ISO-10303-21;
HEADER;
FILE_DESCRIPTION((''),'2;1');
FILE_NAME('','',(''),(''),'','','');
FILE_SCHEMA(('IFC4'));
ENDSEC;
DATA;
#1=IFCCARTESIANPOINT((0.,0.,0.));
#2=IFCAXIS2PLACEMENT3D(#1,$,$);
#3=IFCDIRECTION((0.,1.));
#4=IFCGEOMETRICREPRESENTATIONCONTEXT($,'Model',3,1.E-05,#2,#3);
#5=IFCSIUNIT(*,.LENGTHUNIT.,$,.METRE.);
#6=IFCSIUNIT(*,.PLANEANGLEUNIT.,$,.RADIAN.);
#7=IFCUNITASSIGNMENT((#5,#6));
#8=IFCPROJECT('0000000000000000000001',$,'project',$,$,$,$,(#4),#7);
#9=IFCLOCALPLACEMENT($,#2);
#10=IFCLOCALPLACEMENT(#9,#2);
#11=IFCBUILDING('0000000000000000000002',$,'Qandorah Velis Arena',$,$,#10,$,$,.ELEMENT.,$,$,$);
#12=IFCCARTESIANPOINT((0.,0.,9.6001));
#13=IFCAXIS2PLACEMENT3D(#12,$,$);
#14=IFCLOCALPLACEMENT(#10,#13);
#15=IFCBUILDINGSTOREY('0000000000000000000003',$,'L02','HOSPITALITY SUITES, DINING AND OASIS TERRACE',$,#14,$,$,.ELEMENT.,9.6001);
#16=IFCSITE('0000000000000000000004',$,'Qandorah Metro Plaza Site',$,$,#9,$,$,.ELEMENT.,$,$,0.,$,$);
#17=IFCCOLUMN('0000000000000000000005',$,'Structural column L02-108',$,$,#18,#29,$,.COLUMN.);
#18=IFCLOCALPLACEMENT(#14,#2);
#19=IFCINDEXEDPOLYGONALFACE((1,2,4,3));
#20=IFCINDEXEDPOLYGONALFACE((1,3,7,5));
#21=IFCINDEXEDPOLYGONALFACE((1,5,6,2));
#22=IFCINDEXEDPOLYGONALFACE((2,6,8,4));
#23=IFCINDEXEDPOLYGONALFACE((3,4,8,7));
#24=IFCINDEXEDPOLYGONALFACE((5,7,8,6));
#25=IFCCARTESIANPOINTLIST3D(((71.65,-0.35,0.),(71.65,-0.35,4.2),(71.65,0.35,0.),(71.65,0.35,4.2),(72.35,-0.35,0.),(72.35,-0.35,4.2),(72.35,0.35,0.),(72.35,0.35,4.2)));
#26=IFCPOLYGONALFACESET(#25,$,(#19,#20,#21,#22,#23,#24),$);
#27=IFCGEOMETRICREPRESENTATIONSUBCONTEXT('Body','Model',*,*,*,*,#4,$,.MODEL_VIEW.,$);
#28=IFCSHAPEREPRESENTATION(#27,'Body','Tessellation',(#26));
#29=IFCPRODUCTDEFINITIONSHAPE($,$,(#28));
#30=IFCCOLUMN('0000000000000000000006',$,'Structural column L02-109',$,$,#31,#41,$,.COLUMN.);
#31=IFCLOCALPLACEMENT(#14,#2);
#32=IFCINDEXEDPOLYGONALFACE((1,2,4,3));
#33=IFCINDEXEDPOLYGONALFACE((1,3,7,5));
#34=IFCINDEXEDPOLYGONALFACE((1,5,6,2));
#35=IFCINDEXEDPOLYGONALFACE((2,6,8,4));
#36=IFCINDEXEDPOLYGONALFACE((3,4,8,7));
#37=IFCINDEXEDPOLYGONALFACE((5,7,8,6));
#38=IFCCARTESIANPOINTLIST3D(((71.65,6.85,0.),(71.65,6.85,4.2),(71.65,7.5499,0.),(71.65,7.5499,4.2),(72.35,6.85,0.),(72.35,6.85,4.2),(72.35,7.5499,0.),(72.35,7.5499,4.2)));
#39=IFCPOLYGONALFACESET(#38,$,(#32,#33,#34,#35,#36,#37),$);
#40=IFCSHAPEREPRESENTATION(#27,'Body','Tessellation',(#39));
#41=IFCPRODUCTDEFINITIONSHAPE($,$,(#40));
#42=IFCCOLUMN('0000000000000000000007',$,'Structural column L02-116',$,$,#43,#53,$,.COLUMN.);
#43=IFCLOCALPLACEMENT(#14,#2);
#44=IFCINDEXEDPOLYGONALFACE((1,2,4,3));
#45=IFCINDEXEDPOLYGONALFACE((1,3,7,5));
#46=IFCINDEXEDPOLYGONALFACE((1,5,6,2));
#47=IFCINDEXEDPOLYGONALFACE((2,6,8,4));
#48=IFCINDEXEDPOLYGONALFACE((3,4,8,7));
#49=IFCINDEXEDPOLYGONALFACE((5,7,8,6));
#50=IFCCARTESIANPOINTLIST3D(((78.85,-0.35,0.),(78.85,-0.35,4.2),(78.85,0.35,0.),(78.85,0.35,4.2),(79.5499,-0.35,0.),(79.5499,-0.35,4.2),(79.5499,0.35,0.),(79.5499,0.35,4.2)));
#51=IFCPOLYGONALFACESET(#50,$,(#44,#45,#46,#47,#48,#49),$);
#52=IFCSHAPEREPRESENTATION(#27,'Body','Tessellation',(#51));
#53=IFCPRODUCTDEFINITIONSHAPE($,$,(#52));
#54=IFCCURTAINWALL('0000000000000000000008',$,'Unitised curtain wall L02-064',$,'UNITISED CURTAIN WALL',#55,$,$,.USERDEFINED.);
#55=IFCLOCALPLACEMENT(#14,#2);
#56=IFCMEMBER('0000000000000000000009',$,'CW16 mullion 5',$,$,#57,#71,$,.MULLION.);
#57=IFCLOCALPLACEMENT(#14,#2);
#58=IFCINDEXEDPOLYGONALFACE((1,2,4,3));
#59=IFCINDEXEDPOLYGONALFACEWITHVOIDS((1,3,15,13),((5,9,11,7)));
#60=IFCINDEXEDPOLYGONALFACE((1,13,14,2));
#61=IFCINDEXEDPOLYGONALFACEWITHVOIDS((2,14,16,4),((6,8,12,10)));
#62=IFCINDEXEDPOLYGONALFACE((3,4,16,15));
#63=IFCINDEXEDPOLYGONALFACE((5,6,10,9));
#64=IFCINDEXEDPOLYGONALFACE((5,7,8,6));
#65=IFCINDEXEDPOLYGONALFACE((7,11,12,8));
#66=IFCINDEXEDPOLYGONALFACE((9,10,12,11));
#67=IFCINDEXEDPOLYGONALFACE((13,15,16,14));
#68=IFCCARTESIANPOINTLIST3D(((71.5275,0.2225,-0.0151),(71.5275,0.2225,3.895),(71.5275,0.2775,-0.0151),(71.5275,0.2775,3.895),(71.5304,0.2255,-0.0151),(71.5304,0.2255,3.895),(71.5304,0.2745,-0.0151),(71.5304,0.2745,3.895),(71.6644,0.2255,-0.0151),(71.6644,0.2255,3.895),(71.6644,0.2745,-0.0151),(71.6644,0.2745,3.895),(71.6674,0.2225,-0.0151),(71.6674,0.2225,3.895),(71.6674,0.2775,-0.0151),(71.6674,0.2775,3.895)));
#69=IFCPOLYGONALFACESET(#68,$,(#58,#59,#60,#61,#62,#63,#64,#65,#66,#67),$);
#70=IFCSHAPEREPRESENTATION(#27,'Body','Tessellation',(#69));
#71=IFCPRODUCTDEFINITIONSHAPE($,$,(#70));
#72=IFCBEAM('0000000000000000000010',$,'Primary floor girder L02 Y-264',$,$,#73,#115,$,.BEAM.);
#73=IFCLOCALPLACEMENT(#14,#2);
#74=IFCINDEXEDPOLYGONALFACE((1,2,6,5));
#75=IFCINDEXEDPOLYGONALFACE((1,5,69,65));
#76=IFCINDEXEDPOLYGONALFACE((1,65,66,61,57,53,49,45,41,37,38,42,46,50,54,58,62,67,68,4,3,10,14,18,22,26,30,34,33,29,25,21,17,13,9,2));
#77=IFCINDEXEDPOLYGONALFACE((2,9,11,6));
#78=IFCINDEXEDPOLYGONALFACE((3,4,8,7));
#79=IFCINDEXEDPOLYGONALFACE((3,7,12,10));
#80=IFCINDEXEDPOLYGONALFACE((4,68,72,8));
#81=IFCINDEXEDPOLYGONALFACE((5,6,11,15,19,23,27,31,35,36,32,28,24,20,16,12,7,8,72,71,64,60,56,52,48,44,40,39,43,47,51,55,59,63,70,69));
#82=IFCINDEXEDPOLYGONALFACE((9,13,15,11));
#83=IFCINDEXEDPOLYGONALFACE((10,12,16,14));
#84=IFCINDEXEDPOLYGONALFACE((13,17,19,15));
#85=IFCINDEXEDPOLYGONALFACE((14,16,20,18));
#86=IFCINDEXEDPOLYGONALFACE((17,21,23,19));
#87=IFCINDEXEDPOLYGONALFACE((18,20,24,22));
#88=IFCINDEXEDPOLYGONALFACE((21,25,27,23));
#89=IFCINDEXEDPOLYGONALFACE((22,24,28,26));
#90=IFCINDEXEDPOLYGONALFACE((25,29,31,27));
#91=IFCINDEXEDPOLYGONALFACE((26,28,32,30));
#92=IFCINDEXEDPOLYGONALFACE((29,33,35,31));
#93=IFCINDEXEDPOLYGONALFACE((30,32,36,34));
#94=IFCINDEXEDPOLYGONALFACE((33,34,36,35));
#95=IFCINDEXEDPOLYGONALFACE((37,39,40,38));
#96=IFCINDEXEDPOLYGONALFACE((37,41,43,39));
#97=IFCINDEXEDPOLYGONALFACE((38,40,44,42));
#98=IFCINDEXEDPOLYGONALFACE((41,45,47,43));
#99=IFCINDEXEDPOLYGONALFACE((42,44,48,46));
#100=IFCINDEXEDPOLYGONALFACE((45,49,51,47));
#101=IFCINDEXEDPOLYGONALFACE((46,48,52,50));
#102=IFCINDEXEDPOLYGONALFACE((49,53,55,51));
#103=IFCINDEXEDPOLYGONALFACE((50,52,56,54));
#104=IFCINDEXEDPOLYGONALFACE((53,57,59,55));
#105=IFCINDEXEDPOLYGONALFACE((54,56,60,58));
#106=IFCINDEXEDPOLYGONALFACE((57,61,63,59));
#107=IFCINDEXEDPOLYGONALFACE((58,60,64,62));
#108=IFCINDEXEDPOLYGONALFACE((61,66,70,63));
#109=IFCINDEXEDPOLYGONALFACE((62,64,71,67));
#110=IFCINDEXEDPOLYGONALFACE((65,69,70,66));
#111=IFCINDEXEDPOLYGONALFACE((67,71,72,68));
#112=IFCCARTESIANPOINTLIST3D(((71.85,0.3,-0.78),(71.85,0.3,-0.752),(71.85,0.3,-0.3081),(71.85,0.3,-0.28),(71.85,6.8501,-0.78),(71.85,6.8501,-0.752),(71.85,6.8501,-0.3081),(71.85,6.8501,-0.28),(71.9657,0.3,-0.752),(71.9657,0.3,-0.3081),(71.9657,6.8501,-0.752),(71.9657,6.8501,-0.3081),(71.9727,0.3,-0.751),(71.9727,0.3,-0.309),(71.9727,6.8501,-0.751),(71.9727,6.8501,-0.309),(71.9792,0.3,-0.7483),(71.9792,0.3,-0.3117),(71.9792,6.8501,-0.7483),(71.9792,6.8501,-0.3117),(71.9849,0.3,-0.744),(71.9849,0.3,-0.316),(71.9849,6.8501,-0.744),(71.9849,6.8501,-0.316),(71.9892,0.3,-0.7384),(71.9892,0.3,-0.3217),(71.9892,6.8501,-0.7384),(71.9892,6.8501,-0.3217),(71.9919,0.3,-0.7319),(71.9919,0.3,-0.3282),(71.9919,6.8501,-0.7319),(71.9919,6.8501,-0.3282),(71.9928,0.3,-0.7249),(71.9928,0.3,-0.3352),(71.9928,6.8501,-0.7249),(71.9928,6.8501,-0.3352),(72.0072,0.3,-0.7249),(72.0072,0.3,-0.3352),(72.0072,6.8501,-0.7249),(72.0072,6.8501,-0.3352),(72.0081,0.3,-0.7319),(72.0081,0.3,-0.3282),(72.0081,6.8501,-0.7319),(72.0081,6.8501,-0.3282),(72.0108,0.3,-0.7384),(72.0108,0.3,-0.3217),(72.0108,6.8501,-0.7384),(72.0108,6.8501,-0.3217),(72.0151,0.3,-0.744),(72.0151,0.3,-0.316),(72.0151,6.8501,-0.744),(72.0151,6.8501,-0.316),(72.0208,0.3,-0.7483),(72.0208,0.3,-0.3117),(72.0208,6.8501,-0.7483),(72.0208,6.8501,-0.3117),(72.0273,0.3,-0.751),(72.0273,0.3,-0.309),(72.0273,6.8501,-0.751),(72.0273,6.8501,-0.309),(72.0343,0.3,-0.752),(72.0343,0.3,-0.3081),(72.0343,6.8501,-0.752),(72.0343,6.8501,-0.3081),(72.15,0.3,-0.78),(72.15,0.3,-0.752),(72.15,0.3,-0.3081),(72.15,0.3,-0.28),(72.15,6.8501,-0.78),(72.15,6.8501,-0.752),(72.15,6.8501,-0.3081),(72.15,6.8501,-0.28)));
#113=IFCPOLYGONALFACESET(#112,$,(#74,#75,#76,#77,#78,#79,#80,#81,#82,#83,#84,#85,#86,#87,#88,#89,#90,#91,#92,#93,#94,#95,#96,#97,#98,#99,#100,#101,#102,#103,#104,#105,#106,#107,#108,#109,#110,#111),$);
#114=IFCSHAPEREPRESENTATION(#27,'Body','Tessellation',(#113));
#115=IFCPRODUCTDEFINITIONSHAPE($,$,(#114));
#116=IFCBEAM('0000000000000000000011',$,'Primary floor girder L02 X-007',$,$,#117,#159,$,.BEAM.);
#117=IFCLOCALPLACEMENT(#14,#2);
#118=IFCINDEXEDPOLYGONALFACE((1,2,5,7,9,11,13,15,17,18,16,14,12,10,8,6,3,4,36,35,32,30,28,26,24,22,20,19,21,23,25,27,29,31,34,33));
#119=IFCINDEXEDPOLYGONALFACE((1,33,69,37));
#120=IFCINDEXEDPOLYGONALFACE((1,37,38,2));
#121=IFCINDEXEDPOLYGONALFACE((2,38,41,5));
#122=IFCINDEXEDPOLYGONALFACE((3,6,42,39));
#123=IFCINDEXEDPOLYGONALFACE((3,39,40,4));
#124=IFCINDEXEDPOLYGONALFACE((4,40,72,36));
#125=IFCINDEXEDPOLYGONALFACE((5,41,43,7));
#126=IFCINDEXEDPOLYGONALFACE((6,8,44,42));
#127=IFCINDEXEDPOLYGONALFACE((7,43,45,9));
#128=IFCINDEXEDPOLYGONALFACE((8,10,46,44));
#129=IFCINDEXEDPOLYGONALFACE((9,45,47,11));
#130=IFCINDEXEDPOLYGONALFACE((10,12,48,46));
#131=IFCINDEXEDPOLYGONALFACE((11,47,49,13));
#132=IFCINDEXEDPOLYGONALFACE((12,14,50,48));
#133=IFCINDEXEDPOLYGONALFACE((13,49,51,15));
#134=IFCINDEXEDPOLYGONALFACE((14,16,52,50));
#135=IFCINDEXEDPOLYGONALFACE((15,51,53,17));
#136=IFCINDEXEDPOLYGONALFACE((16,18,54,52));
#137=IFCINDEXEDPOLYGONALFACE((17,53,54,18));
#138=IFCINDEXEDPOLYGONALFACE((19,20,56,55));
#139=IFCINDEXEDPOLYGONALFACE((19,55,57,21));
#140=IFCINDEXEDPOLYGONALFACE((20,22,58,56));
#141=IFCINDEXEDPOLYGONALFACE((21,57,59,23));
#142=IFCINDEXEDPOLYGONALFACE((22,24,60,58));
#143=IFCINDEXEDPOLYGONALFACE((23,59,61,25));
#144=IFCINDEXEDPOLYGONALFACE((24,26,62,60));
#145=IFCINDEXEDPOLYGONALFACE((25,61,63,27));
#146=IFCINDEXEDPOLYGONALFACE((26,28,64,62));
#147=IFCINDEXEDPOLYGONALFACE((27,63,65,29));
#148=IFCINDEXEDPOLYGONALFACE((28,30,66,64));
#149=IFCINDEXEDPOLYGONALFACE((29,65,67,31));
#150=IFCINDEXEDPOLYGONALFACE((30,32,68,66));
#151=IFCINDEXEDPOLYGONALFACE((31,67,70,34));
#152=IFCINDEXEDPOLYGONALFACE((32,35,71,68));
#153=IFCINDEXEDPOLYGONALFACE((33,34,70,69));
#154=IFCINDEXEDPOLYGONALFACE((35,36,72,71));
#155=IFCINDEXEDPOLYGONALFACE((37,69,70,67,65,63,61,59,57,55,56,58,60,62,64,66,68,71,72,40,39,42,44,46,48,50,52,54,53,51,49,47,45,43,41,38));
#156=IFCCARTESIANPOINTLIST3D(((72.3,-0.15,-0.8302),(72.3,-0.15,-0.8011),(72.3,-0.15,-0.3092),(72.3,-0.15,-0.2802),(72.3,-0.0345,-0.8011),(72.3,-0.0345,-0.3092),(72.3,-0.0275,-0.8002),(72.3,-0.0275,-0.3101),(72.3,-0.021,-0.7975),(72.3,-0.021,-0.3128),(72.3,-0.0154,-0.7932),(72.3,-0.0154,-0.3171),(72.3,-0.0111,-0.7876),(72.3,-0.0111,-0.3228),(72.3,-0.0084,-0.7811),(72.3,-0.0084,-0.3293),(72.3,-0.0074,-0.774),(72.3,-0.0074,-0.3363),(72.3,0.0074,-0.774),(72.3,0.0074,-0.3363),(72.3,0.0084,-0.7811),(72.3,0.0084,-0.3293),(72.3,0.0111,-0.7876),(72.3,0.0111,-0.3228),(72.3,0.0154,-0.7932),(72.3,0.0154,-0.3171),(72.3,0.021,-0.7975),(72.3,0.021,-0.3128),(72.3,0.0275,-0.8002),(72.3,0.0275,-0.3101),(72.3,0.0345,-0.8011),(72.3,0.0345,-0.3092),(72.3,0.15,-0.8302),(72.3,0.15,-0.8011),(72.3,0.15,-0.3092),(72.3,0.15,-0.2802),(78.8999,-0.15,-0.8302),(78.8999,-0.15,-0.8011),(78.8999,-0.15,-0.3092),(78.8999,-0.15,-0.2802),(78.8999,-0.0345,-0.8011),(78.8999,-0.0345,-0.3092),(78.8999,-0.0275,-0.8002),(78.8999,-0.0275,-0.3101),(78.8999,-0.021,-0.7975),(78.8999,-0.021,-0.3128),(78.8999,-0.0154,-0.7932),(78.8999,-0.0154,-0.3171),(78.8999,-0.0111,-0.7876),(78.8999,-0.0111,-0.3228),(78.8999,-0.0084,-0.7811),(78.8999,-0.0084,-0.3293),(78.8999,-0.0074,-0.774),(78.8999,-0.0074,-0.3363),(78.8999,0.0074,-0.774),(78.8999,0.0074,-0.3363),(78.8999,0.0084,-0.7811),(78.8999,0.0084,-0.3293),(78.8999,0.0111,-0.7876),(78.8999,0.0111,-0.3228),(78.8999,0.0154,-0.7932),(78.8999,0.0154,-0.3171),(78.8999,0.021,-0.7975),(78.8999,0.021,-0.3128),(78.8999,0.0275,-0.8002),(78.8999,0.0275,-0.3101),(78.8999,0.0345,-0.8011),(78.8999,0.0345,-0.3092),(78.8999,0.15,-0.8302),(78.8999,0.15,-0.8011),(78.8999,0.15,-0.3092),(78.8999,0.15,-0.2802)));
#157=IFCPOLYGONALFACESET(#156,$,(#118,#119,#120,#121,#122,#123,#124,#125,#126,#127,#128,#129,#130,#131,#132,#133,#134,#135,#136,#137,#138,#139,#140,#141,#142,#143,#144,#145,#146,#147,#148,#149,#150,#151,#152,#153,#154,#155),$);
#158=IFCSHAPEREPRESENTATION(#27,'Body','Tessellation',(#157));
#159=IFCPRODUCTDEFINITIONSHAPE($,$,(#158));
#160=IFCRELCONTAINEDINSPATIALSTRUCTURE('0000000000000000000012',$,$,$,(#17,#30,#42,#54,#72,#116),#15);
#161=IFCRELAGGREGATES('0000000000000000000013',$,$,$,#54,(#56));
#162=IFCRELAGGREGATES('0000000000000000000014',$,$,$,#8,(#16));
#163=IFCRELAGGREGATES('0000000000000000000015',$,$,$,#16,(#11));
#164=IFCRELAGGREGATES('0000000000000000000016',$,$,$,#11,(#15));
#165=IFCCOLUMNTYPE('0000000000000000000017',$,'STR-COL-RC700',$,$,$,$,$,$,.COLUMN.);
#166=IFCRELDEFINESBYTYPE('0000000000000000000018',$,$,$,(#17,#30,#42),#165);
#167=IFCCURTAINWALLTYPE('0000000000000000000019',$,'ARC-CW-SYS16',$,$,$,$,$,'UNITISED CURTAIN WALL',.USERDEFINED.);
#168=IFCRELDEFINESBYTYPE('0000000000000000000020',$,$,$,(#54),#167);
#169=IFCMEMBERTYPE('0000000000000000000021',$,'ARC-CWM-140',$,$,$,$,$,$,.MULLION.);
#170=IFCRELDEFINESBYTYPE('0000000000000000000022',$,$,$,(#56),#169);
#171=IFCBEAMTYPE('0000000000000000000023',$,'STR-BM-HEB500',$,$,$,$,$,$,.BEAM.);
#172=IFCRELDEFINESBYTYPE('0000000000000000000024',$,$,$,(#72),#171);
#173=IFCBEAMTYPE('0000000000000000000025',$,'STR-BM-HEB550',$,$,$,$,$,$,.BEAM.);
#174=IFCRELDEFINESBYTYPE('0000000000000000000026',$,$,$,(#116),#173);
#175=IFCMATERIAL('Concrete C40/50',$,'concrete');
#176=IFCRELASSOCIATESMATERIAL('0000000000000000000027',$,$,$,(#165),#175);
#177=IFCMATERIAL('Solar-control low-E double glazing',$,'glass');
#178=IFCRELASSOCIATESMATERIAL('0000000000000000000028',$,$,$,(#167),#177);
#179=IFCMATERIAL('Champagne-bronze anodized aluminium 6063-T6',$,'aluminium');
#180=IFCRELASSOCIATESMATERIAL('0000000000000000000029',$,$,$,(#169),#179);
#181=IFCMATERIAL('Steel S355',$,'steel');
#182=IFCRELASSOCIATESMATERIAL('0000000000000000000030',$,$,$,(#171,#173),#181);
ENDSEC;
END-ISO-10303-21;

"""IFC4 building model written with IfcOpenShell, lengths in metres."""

from ifc_helpers import new_model, si_unit, direction, frame, origin, origin_2d, place, context, subcontext, project, spatial, rectangle, hollow_rectangle, i_section, extrude, material, material_profile, profile_set, type_object, element, aggregate, save


model = new_model("IFC4")

# Units and contexts
model_context = context("Model", 3, precision=1e-05, world=origin(), true_north=direction((0.0, 1.0)))
body_context = subcontext(model_context, "Body", "Model", "MODEL_VIEW")
ifc_project = project(units=[si_unit("LENGTHUNIT", "METRE"), si_unit("PLANEANGLEUNIT", "RADIAN")], contexts=[model_context])

# Site, building, storey
site_placement = place(None, origin())
site = spatial("IfcSite", under=ifc_project, at=site_placement, Name="Qandorah Metro Plaza Site", CompositionType="ELEMENT", RefElevation=0.0)
building_placement = place(site_placement, origin())
building = spatial("IfcBuilding", under=site, at=building_placement, Name="Qandorah Velis Arena", CompositionType="ELEMENT")
storey_placement = place(building_placement, frame((0.0, 0.0, 9.6001)))
storey = spatial("IfcBuildingStorey", under=building, at=storey_placement, Name="L02", Description="HOSPITALITY SUITES, DINING AND OASIS TERRACE", CompositionType="ELEMENT", Elevation=9.6001)

# Columns
ifc_material_1 = material(Name="Concrete C40/50", Category="concrete")
ifc_material_profile_1 = material_profile(ifc_material_1, rectangle(XDim=0.7, YDim=0.7, at=origin_2d()), Name="RC COL 700x700")
ifc_profile_set_1 = profile_set([ifc_material_profile_1], Name="Concrete C40/50")
column_type = type_object("IfcColumnType", Name="STR-COL-RC700", PredefinedType="COLUMN", material=ifc_profile_set_1)
for number, where, z_axis, x_axis, name in (
    (1, (72.0, 0.0, 0.0), (0.0, 0.0, 1.0), (1.0, 0.0, 0.0), "Structural column L02-108"),
    (2, (72.0, 7.2, 0.0), (0.0, 0.0, 1.0), (1.0, 0.0, 0.0), "Structural column L02-109"),
    (3, (79.2, 0.0, 0.0), (0.0, 0.0, 1.0), (1.0, 0.0, 0.0), "Structural column L02-116"),
):
    element("IfcColumn", number, at=place(storey_placement, frame(where, z_axis=z_axis, x_axis=x_axis)), inside=storey, type_object=column_type, Name=name, PredefinedType="COLUMN", context=body_context, shape_type="SweptSolid", body=[
        extrude(rectangle(XDim=0.7, YDim=0.7, at=origin_2d()), origin(), (0.0, 0.0, 1.0), 4.2),
    ])

# Curtain wall, member
ifc_material_2 = material(Name="Solar-control low-E double glazing", Category="glass")
curtain_wall_type = type_object("IfcCurtainWallType", Name="ARC-CW-SYS16", ElementType="UNITISED CURTAIN WALL", PredefinedType="USERDEFINED", material=ifc_material_2)
curtain_wall_placement = place(storey_placement, origin())
curtain_wall = element("IfcCurtainWall", 4, at=curtain_wall_placement, inside=storey, type_object=curtain_wall_type, Name="Unitised curtain wall L02-064", ObjectType="UNITISED CURTAIN WALL", PredefinedType="USERDEFINED")
ifc_material_3 = material(Name="Champagne-bronze anodized aluminium 6063-T6", Category="aluminium")
ifc_material_profile_2 = material_profile(ifc_material_3, hollow_rectangle(XDim=0.0549, YDim=0.1399, WallThickness=0.0029, at=origin_2d()), Name="ALU MULLION 55x140")
ifc_profile_set_2 = profile_set([ifc_material_profile_2], Name="Champagne-bronze anodized aluminium 6063-T6")
member_type = type_object("IfcMemberType", Name="ARC-CWM-140", PredefinedType="MULLION", material=ifc_profile_set_2)
member_placement = place(storey_placement, frame((71.5974, 0.25, -0.0151), z_axis=(0.0, 0.0, 1.0), x_axis=(0.0, 1.0, 0.0)))
member = element("IfcMember", 5, at=member_placement, type_object=member_type, Name="CW16 mullion 5", PredefinedType="MULLION", context=body_context, shape_type="SweptSolid", body=[
    extrude(hollow_rectangle(XDim=0.0549, YDim=0.1399, WallThickness=0.0029, at=origin_2d()), origin(), (0.0, 0.0, 1.0), 3.9102),
])

# Beams
ifc_material_4 = material(Name="Steel S355", Category="steel")
ifc_material_profile_3 = material_profile(ifc_material_4, i_section(OverallWidth=0.3, OverallDepth=0.5, WebThickness=0.0144, FlangeThickness=0.0281, FilletRadius=0.0271, at=origin_2d()), Name="HEB 500")
ifc_profile_set_3 = profile_set([ifc_material_profile_3], Name="Steel S355")
beam_type_1 = type_object("IfcBeamType", Name="STR-BM-HEB500", PredefinedType="BEAM", material=ifc_profile_set_3)
beam_1_placement = place(storey_placement, frame((72.0, 0.3, -0.53), z_axis=(0.0, 1.0, 0.0), x_axis=(-1.0, 0.0, 0.0)))
element("IfcBeam", 6, at=beam_1_placement, inside=storey, type_object=beam_type_1, Name="Primary floor girder L02 Y-264", PredefinedType="BEAM", context=body_context, shape_type="SweptSolid", body=[
    extrude(i_section(OverallWidth=0.3, OverallDepth=0.5, WebThickness=0.0144, FlangeThickness=0.0281, FilletRadius=0.0271, at=origin_2d()), origin(), (0.0, 0.0, 1.0), 6.55),
])
ifc_material_profile_4 = material_profile(ifc_material_4, i_section(OverallWidth=0.3, OverallDepth=0.55, WebThickness=0.0149, FlangeThickness=0.0291, FilletRadius=0.0271, at=origin_2d()), Name="HEB 550")
ifc_profile_set_4 = profile_set([ifc_material_profile_4], Name="Steel S355")
beam_type_2 = type_object("IfcBeamType", Name="STR-BM-HEB550", PredefinedType="BEAM", material=ifc_profile_set_4)
beam_2_placement = place(storey_placement, frame((72.3, 0.0, -0.5552), z_axis=(1.0, 0.0, 0.0), x_axis=(0.0, 1.0, 0.0)))
element("IfcBeam", 7, at=beam_2_placement, inside=storey, type_object=beam_type_2, Name="Primary floor girder L02 X-007", PredefinedType="BEAM", context=body_context, shape_type="SweptSolid", body=[
    extrude(i_section(OverallWidth=0.3, OverallDepth=0.55, WebThickness=0.0149, FlangeThickness=0.0291, FilletRadius=0.0271, at=origin_2d()), origin(), (0.0, 0.0, 1.0), 6.5999),
])

aggregate(curtain_wall, [member])

save(model, "model.ifc")
